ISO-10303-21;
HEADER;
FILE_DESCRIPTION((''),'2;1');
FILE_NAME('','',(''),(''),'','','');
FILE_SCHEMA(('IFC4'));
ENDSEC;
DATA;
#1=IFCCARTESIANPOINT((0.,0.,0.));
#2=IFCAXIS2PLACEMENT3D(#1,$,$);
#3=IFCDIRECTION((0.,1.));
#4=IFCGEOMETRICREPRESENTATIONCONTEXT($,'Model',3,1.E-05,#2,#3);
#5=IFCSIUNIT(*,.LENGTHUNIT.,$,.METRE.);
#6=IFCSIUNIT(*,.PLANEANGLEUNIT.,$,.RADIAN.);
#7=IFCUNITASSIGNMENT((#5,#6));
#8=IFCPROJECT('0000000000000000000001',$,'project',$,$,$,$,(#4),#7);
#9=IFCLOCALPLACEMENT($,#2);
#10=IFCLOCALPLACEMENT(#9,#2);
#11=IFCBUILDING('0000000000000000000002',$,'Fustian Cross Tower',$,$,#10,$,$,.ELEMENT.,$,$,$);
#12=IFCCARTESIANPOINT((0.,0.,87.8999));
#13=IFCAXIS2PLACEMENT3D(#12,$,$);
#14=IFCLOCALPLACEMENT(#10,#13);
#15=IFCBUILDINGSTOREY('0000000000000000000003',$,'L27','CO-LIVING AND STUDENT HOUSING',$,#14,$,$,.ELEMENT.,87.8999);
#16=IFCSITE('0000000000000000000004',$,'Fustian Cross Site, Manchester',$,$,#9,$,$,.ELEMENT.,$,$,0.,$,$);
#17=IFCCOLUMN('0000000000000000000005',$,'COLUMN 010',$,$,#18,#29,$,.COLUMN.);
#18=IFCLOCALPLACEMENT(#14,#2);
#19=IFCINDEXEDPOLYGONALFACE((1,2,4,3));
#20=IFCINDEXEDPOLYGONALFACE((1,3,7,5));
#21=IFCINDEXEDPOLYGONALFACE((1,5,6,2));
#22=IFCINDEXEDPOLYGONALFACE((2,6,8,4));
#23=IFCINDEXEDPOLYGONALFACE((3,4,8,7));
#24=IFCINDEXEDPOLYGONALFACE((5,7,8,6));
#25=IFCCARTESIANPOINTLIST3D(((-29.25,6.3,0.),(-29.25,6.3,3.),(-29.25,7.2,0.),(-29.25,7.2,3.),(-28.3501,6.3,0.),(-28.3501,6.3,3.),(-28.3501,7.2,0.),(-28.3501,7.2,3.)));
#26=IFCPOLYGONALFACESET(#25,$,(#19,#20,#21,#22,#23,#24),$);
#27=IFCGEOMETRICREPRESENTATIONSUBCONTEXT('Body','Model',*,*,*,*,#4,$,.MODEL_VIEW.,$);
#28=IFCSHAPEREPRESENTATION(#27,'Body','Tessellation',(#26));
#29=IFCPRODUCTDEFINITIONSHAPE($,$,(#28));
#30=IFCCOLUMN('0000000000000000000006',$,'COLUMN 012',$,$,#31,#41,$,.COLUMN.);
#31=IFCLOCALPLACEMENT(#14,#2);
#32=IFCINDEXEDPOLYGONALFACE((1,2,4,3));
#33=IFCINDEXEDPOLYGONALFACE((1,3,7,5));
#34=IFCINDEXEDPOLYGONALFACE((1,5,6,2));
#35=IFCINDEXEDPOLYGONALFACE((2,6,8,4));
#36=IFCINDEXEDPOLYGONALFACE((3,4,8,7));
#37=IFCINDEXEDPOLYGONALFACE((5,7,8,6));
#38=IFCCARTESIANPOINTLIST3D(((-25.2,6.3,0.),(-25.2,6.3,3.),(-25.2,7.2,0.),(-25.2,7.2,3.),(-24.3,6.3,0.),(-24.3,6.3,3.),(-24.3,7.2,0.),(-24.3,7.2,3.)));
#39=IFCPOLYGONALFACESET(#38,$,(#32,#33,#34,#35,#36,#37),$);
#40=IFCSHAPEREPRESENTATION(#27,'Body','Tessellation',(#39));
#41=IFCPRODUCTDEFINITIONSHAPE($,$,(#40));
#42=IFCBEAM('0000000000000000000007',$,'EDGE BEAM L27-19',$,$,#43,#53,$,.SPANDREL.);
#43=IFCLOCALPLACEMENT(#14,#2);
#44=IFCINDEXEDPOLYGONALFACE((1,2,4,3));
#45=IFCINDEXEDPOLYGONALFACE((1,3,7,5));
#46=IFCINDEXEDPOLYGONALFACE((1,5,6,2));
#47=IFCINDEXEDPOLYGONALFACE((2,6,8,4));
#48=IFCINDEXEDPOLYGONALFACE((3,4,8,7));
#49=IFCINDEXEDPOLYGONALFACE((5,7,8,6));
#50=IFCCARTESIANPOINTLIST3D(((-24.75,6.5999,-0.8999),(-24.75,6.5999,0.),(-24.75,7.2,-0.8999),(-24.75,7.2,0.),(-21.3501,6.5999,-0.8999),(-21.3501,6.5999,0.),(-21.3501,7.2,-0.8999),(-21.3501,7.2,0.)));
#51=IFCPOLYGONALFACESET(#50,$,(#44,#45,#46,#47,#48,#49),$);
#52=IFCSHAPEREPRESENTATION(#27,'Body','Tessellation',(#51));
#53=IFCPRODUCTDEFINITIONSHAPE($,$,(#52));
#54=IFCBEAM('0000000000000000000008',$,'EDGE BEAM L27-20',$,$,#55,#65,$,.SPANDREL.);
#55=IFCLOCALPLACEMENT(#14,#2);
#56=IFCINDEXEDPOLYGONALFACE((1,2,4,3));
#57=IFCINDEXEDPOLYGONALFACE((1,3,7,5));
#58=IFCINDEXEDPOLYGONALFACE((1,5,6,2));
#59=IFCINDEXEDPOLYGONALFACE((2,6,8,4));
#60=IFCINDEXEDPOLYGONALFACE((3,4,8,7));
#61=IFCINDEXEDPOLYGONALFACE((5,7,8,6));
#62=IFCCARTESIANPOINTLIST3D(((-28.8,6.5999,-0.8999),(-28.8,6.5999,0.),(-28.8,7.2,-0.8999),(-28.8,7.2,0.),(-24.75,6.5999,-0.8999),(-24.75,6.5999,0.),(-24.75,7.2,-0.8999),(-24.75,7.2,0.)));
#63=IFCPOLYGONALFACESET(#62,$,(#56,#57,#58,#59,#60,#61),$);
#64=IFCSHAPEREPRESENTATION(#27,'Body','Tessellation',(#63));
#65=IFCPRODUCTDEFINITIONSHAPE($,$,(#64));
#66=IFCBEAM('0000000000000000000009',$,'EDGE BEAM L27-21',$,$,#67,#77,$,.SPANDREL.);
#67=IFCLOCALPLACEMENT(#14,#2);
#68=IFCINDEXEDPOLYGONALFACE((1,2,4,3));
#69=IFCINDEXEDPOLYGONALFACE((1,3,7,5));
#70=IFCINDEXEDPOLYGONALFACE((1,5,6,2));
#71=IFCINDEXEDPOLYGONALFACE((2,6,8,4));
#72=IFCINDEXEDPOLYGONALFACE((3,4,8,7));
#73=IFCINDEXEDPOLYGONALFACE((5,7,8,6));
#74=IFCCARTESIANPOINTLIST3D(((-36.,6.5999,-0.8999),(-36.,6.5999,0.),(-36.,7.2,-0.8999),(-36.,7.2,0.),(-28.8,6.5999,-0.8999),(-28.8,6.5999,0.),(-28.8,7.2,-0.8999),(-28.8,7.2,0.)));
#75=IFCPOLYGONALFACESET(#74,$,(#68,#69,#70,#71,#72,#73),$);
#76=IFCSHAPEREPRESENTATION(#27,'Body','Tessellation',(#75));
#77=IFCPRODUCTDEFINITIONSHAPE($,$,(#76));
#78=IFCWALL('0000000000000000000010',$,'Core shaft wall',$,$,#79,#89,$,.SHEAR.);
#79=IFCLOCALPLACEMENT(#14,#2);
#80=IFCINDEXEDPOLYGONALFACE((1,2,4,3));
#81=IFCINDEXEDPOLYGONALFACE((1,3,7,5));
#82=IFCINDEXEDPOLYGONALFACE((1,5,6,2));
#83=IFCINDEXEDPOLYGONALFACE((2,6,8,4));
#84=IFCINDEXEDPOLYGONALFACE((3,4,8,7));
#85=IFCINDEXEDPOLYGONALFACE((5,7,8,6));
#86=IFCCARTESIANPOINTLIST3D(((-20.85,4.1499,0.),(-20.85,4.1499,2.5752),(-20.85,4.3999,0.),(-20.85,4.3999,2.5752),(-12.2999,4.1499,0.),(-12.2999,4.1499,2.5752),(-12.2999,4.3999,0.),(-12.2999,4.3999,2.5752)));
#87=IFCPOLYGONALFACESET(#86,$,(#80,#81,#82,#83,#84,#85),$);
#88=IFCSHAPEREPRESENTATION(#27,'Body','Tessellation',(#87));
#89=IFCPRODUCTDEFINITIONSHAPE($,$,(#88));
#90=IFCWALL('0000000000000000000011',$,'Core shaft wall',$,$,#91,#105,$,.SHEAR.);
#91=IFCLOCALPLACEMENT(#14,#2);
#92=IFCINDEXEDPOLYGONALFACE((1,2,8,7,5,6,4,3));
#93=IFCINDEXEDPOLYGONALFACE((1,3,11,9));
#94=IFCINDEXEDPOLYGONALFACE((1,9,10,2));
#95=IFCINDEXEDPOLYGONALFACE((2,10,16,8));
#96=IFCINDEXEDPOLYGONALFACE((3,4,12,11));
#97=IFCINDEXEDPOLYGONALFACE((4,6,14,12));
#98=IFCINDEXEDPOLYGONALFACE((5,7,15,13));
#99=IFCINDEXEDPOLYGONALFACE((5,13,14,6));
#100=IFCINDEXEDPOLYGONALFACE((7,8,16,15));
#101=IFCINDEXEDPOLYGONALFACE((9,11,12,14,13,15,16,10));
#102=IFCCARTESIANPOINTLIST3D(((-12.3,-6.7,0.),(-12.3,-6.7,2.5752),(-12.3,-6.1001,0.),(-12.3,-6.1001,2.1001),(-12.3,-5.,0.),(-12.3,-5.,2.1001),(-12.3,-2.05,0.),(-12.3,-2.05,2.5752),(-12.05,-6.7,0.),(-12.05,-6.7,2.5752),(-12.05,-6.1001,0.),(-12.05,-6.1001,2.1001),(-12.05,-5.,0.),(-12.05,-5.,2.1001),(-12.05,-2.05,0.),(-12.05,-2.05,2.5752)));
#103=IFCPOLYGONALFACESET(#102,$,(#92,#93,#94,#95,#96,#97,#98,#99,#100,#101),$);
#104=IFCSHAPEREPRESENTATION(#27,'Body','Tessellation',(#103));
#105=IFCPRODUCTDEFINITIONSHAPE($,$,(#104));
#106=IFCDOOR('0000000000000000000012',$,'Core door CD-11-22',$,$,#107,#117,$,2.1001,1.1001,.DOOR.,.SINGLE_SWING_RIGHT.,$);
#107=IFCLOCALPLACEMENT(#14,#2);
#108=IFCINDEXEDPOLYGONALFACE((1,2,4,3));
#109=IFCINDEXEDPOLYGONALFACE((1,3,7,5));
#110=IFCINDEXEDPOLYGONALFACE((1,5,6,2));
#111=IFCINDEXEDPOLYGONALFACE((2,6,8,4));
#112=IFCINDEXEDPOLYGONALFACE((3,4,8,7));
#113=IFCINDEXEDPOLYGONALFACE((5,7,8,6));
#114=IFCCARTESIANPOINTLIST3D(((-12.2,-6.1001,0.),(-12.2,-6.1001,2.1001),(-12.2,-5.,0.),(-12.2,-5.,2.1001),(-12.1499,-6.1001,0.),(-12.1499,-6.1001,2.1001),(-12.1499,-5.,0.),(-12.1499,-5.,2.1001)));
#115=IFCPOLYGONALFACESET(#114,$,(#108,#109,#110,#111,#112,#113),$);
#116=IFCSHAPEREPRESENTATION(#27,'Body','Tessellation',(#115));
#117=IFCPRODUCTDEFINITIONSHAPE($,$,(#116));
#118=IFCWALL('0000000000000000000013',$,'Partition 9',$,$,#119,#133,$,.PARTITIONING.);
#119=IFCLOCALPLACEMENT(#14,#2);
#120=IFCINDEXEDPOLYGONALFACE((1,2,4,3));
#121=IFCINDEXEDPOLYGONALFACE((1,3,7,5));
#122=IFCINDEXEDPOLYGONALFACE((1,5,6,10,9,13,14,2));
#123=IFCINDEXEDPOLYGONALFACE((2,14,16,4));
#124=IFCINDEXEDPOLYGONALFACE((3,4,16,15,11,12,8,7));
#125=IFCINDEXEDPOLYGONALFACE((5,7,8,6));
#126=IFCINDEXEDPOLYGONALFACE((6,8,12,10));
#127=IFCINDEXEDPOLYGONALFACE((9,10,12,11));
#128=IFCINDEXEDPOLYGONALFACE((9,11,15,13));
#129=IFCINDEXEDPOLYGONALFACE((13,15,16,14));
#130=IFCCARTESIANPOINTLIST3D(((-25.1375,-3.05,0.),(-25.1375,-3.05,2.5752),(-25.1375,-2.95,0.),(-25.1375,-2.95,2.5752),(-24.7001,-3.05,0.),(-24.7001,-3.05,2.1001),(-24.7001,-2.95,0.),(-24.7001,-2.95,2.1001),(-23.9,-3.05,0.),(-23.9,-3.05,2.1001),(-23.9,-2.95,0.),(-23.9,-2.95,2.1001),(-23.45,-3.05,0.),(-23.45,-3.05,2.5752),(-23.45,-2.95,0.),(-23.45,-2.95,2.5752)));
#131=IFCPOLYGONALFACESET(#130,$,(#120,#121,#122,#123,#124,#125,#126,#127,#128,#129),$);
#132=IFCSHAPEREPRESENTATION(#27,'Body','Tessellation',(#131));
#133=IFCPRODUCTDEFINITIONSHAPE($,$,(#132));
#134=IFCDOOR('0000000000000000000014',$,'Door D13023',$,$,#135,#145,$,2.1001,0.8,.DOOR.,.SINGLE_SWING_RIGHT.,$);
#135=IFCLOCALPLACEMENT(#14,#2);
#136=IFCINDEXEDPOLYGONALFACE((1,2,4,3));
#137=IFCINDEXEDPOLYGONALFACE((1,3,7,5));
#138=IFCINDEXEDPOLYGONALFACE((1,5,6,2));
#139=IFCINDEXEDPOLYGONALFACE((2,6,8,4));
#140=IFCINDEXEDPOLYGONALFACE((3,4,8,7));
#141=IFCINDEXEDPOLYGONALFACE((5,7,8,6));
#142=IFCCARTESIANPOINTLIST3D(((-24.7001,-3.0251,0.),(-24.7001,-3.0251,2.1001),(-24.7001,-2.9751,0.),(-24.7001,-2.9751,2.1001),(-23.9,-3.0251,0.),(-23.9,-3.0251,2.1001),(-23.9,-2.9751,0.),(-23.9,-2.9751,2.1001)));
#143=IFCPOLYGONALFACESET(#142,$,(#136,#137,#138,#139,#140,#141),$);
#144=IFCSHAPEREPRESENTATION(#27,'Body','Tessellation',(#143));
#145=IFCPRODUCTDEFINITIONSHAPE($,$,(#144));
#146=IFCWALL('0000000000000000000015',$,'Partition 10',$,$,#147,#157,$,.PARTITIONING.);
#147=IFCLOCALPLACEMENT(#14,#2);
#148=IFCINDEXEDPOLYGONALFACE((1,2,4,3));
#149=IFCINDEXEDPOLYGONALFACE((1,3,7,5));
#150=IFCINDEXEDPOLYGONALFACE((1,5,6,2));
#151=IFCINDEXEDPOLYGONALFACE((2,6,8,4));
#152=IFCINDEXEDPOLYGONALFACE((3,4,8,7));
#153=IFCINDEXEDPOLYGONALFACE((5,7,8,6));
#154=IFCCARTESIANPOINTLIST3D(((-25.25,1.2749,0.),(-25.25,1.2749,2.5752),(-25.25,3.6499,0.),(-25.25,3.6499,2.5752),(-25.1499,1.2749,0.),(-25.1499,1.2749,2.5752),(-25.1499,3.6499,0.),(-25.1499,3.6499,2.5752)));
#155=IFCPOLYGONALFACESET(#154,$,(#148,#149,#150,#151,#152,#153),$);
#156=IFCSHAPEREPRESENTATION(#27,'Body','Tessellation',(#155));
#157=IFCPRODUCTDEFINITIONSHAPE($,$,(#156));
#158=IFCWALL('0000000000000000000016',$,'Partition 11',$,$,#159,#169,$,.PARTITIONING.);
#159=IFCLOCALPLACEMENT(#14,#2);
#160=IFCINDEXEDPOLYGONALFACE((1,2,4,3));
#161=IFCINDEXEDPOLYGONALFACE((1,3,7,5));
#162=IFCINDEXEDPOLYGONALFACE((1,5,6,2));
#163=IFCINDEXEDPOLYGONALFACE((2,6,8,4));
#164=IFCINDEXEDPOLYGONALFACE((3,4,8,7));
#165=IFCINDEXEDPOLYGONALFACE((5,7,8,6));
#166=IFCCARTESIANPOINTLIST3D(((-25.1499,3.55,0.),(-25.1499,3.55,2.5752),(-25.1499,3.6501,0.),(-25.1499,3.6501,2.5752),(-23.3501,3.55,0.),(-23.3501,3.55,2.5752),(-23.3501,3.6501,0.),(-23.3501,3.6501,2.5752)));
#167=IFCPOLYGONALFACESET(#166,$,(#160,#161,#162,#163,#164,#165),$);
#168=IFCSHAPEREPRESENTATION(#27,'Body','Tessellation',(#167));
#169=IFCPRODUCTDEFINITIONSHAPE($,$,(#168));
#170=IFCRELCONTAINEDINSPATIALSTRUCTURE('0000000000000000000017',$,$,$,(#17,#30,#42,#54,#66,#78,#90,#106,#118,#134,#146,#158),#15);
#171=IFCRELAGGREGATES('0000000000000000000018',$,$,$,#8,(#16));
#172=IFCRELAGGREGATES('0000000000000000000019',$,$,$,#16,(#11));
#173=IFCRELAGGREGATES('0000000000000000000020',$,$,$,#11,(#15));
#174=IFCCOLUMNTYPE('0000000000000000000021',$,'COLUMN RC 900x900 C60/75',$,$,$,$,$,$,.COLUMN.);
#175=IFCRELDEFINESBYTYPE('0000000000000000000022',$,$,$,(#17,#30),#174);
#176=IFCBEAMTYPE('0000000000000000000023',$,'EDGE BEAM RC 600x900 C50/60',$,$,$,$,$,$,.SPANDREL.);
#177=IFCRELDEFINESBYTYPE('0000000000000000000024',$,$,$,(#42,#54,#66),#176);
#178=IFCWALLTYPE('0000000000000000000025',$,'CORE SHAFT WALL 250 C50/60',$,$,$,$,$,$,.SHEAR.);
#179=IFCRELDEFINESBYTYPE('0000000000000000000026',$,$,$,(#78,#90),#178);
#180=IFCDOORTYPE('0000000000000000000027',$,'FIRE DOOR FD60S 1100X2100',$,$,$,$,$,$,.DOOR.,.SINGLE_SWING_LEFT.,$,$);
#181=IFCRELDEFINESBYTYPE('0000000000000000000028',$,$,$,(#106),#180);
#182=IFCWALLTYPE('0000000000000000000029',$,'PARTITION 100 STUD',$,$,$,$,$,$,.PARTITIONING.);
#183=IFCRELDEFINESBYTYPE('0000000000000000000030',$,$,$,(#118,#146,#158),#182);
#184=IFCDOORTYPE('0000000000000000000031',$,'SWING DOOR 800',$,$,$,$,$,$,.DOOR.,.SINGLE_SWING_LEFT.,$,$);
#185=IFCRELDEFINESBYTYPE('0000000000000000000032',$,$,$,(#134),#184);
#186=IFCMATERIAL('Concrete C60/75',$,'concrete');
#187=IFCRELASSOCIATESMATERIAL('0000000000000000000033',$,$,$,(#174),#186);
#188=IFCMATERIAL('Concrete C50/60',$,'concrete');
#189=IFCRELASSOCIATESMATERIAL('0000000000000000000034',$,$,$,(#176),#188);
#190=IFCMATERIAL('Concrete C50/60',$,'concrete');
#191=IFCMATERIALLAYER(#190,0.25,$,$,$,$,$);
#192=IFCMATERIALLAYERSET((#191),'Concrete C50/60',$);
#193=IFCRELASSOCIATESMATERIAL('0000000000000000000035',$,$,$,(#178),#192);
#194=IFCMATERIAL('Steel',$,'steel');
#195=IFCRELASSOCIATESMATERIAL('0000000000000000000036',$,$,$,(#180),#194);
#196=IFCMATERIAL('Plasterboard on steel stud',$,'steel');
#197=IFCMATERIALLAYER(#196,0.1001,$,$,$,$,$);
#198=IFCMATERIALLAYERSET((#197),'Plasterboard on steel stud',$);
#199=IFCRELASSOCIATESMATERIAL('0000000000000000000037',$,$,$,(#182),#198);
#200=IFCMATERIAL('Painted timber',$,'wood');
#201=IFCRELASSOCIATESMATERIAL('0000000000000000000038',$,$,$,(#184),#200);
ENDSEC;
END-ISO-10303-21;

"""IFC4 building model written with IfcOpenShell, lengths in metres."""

from ifc_helpers import new_model, si_unit, direction, frame, frame_2d, origin, origin_2d, place, context, subcontext, project, spatial, rectangle, extrude, material, layer, layer_set, material_profile, profile_set, type_object, element, fill, save


model = new_model("IFC4")

# Units and contexts
model_context = context("Model", 3, precision=1e-05, world=origin(), true_north=direction((0.0, 1.0)))
body_context = subcontext(model_context, "Body", "Model", "MODEL_VIEW")
ifc_project = project(units=[si_unit("LENGTHUNIT", "METRE"), si_unit("PLANEANGLEUNIT", "RADIAN")], contexts=[model_context])

# Site, building, storey
site_placement = place(None, origin())
site = spatial("IfcSite", under=ifc_project, at=site_placement, Name="Fustian Cross Site, Manchester", CompositionType="ELEMENT", RefElevation=0.0)
building_placement = place(site_placement, origin())
building = spatial("IfcBuilding", under=site, at=building_placement, Name="Fustian Cross Tower", CompositionType="ELEMENT")
storey_placement = place(building_placement, frame((0.0, 0.0, 87.8999)))
storey = spatial("IfcBuildingStorey", under=building, at=storey_placement, Name="L27", Description="CO-LIVING AND STUDENT HOUSING", CompositionType="ELEMENT", Elevation=87.8999)

# Columns
ifc_material_1 = material(Name="Concrete C60/75", Category="concrete")
ifc_material_profile_1 = material_profile(ifc_material_1, rectangle(XDim=0.8999, YDim=0.8999, at=origin_2d()), Name="RC 900x900")
ifc_profile_set_1 = profile_set([ifc_material_profile_1], Name="Concrete C60/75")
column_type = type_object("IfcColumnType", Name="COLUMN RC 900x900 C60/75", PredefinedType="COLUMN", material=ifc_profile_set_1)
for number, where, z_axis, x_axis, name in (
    (1, (-28.8, 6.75, 0.0), (0.0, 0.0, 1.0), (1.0, 0.0, 0.0), "COLUMN 010"),
    (2, (-24.75, 6.75, 0.0), (0.0, 0.0, 1.0), (1.0, 0.0, 0.0), "COLUMN 012"),
):
    element("IfcColumn", number, at=place(storey_placement, frame(where, z_axis=z_axis, x_axis=x_axis)), inside=storey, type_object=column_type, Name=name, PredefinedType="COLUMN", context=body_context, shape_type="SweptSolid", body=[
        extrude(rectangle(XDim=0.8999, YDim=0.8999, at=origin_2d()), origin(), (0.0, 0.0, 1.0), 3.0),
    ])

# Beams
ifc_material_2 = material(Name="Concrete C50/60", Category="concrete")
ifc_material_profile_2 = material_profile(ifc_material_2, rectangle(XDim=0.6001, YDim=0.8999, at=origin_2d()), Name="RC 600x900")
ifc_profile_set_2 = profile_set([ifc_material_profile_2], Name="Concrete C50/60")
beam_type = type_object("IfcBeamType", Name="EDGE BEAM RC 600x900 C50/60", PredefinedType="SPANDREL", material=ifc_profile_set_2)
beam_1_placement = place(storey_placement, frame((-21.3501, 6.8999, -0.45), z_axis=(-1.0, 0.0, 0.0), x_axis=(0.0, -1.0, 0.0)))
element("IfcBeam", 3, at=beam_1_placement, inside=storey, type_object=beam_type, Name="EDGE BEAM L27-19", PredefinedType="SPANDREL", context=body_context, shape_type="SweptSolid", body=[
    extrude(rectangle(XDim=0.6001, YDim=0.8999, at=origin_2d()), origin(), (0.0, 0.0, 1.0), 3.3999),
])
beam_2_placement = place(storey_placement, frame((-24.75, 6.8999, -0.45), z_axis=(-1.0, 0.0, 0.0), x_axis=(0.0, -1.0, 0.0)))
element("IfcBeam", 4, at=beam_2_placement, inside=storey, type_object=beam_type, Name="EDGE BEAM L27-20", PredefinedType="SPANDREL", context=body_context, shape_type="SweptSolid", body=[
    extrude(rectangle(XDim=0.6001, YDim=0.8999, at=origin_2d()), origin(), (0.0, 0.0, 1.0), 4.05),
])
beam_3_placement = place(storey_placement, frame((-28.8, 6.8999, -0.45), z_axis=(-1.0, 0.0, 0.0), x_axis=(0.0, -1.0, 0.0)))
element("IfcBeam", 5, at=beam_3_placement, inside=storey, type_object=beam_type, Name="EDGE BEAM L27-21", PredefinedType="SPANDREL", context=body_context, shape_type="SweptSolid", body=[
    extrude(rectangle(XDim=0.6001, YDim=0.8999, at=origin_2d()), origin(), (0.0, 0.0, 1.0), 7.2),
])

# Wall
ifc_material_3 = material(Name="Concrete C50/60", Category="concrete")
ifc_layer_1 = layer(ifc_material_3, 0.25)
ifc_layer_set_1 = layer_set([ifc_layer_1], Name="Concrete C50/60")
wall_type_1 = type_object("IfcWallType", Name="CORE SHAFT WALL 250 C50/60", PredefinedType="SHEAR", material=ifc_layer_set_1)
wall_1_placement = place(storey_placement, frame((-12.3, 4.2749, 0.0), z_axis=(0.0, 0.0, 1.0), x_axis=(-1.0, 0.0, 0.0)))
element("IfcWall", 6, at=wall_1_placement, inside=storey, type_object=wall_type_1, Name="Core shaft wall", PredefinedType="SHEAR", context=body_context, shape_type="SweptSolid", body=[
    extrude(rectangle(XDim=8.55, YDim=0.25, at=frame_2d((4.2749, 0.0))), origin(), (0.0, 0.0, 1.0), 2.5752),
])

# Walls, openings, doors
wall_2_placement = place(storey_placement, frame((-12.175, -2.05, 0.0), z_axis=(0.0, 0.0, 1.0), x_axis=(0.0, -1.0, 0.0)))
wall_2 = element("IfcWall", 7, at=wall_2_placement, inside=storey, type_object=wall_type_1, Name="Core shaft wall", PredefinedType="SHEAR", context=body_context, shape_type="SweptSolid", body=[
    extrude(rectangle(XDim=4.6499, YDim=0.25, at=frame_2d((2.325, 0.0))), origin(), (0.0, 0.0, 1.0), 2.5752),
])
opening_1_placement = place(wall_2_placement, frame((2.95, 0.0, 0.0)))
opening_1 = element("IfcOpeningElement", 8, at=opening_1_placement, cuts=wall_2, PredefinedType="OPENING", context=body_context, shape_type="SweptSolid", body=[
    extrude(rectangle(XDim=1.1001, YDim=2.1001, at=frame_2d((0.55, 1.05))), frame((0.0, 0.135, 0.0), z_axis=(0.0, -1.0, 0.0), x_axis=(1.0, 0.0, 0.0)), (0.0, 0.0, 1.0), 0.27),
])
ifc_material_4 = material(Name="Steel", Category="steel")
door_type_1 = type_object("IfcDoorType", Name="FIRE DOOR FD60S 1100X2100", OperationType="SINGLE_SWING_LEFT", PredefinedType="DOOR", material=ifc_material_4)
door_1_placement = place(opening_1_placement, frame((1.1001, 0.0, 0.0), z_axis=(0.0, 0.0, 1.0), x_axis=(-1.0, 0.0, 0.0)))
door_1 = element("IfcDoor", 9, at=door_1_placement, inside=storey, type_object=door_type_1, Name="Core door CD-11-22", OperationType="SINGLE_SWING_RIGHT", OverallHeight=2.1001, OverallWidth=1.1001, PredefinedType="DOOR", context=body_context, shape_type="SweptSolid", body=[
    extrude(rectangle(XDim=1.1001, YDim=2.1001, at=frame_2d((0.55, 1.05))), frame((0.0, 0.0249, 0.0), z_axis=(0.0, -1.0, 0.0), x_axis=(1.0, 0.0, 0.0)), (0.0, 0.0, 1.0), 0.05),
])
fill(opening_1, door_1)
ifc_material_5 = material(Name="Plasterboard on steel stud", Category="steel")
ifc_layer_2 = layer(ifc_material_5, 0.1001)
ifc_layer_set_2 = layer_set([ifc_layer_2], Name="Plasterboard on steel stud")
wall_type_2 = type_object("IfcWallType", Name="PARTITION 100 STUD", PredefinedType="PARTITIONING", material=ifc_layer_set_2)
wall_3_placement = place(storey_placement, frame((-25.1375, -3.0, 0.0), z_axis=(0.0, 0.0, 1.0), x_axis=(1.0, 0.0, 0.0)))
wall_3 = element("IfcWall", 10, at=wall_3_placement, inside=storey, type_object=wall_type_2, Name="Partition 9", PredefinedType="PARTITIONING", context=body_context, shape_type="SweptSolid", body=[
    extrude(rectangle(XDim=1.6875, YDim=0.1001, at=frame_2d((0.8438, 0.0))), origin(), (0.0, 0.0, 1.0), 2.5752),
])
opening_2_placement = place(wall_3_placement, frame((0.4375, 0.0, 0.0)))
opening_2 = element("IfcOpeningElement", 11, at=opening_2_placement, cuts=wall_3, PredefinedType="OPENING", context=body_context, shape_type="SweptSolid", body=[
    extrude(rectangle(XDim=0.8, YDim=2.1001, at=frame_2d((0.3999, 1.05))), frame((0.0, 0.0601, 0.0), z_axis=(0.0, -1.0, 0.0), x_axis=(1.0, 0.0, 0.0)), (0.0, 0.0, 1.0), 0.1201),
])
ifc_material_6 = material(Name="Painted timber", Category="wood")
door_type_2 = type_object("IfcDoorType", Name="SWING DOOR 800", OperationType="SINGLE_SWING_LEFT", PredefinedType="DOOR", material=ifc_material_6)
door_2_placement = place(opening_2_placement, origin())
door_2 = element("IfcDoor", 12, at=door_2_placement, inside=storey, type_object=door_type_2, Name="Door D13023", OperationType="SINGLE_SWING_RIGHT", OverallHeight=2.1001, OverallWidth=0.8, PredefinedType="DOOR", context=body_context, shape_type="SweptSolid", body=[
    extrude(rectangle(XDim=0.8, YDim=2.1001, at=frame_2d((0.3999, 1.05))), frame((0.0, 0.0249, 0.0), z_axis=(0.0, -1.0, 0.0), x_axis=(1.0, 0.0, 0.0)), (0.0, 0.0, 1.0), 0.05),
])
fill(opening_2, door_2)

# Walls
wall_4_placement = place(storey_placement, frame((-25.2, 1.2749, 0.0), z_axis=(0.0, 0.0, 1.0), x_axis=(0.0, 1.0, 0.0)))
element("IfcWall", 13, at=wall_4_placement, inside=storey, type_object=wall_type_2, Name="Partition 10", PredefinedType="PARTITIONING", context=body_context, shape_type="SweptSolid", body=[
    extrude(rectangle(XDim=2.375, YDim=0.1001, at=frame_2d((1.1875, 0.0))), origin(), (0.0, 0.0, 1.0), 2.5752),
])
wall_5_placement = place(storey_placement, frame((-25.1499, 3.6001, 0.0), z_axis=(0.0, 0.0, 1.0), x_axis=(1.0, 0.0, 0.0)))
element("IfcWall", 14, at=wall_5_placement, inside=storey, type_object=wall_type_2, Name="Partition 11", PredefinedType="PARTITIONING", context=body_context, shape_type="SweptSolid", body=[
    extrude(rectangle(XDim=1.7998, YDim=0.1001, at=frame_2d((0.8999, 0.0))), origin(), (0.0, 0.0, 1.0), 2.5752),
])

save(model, "model.ifc")
